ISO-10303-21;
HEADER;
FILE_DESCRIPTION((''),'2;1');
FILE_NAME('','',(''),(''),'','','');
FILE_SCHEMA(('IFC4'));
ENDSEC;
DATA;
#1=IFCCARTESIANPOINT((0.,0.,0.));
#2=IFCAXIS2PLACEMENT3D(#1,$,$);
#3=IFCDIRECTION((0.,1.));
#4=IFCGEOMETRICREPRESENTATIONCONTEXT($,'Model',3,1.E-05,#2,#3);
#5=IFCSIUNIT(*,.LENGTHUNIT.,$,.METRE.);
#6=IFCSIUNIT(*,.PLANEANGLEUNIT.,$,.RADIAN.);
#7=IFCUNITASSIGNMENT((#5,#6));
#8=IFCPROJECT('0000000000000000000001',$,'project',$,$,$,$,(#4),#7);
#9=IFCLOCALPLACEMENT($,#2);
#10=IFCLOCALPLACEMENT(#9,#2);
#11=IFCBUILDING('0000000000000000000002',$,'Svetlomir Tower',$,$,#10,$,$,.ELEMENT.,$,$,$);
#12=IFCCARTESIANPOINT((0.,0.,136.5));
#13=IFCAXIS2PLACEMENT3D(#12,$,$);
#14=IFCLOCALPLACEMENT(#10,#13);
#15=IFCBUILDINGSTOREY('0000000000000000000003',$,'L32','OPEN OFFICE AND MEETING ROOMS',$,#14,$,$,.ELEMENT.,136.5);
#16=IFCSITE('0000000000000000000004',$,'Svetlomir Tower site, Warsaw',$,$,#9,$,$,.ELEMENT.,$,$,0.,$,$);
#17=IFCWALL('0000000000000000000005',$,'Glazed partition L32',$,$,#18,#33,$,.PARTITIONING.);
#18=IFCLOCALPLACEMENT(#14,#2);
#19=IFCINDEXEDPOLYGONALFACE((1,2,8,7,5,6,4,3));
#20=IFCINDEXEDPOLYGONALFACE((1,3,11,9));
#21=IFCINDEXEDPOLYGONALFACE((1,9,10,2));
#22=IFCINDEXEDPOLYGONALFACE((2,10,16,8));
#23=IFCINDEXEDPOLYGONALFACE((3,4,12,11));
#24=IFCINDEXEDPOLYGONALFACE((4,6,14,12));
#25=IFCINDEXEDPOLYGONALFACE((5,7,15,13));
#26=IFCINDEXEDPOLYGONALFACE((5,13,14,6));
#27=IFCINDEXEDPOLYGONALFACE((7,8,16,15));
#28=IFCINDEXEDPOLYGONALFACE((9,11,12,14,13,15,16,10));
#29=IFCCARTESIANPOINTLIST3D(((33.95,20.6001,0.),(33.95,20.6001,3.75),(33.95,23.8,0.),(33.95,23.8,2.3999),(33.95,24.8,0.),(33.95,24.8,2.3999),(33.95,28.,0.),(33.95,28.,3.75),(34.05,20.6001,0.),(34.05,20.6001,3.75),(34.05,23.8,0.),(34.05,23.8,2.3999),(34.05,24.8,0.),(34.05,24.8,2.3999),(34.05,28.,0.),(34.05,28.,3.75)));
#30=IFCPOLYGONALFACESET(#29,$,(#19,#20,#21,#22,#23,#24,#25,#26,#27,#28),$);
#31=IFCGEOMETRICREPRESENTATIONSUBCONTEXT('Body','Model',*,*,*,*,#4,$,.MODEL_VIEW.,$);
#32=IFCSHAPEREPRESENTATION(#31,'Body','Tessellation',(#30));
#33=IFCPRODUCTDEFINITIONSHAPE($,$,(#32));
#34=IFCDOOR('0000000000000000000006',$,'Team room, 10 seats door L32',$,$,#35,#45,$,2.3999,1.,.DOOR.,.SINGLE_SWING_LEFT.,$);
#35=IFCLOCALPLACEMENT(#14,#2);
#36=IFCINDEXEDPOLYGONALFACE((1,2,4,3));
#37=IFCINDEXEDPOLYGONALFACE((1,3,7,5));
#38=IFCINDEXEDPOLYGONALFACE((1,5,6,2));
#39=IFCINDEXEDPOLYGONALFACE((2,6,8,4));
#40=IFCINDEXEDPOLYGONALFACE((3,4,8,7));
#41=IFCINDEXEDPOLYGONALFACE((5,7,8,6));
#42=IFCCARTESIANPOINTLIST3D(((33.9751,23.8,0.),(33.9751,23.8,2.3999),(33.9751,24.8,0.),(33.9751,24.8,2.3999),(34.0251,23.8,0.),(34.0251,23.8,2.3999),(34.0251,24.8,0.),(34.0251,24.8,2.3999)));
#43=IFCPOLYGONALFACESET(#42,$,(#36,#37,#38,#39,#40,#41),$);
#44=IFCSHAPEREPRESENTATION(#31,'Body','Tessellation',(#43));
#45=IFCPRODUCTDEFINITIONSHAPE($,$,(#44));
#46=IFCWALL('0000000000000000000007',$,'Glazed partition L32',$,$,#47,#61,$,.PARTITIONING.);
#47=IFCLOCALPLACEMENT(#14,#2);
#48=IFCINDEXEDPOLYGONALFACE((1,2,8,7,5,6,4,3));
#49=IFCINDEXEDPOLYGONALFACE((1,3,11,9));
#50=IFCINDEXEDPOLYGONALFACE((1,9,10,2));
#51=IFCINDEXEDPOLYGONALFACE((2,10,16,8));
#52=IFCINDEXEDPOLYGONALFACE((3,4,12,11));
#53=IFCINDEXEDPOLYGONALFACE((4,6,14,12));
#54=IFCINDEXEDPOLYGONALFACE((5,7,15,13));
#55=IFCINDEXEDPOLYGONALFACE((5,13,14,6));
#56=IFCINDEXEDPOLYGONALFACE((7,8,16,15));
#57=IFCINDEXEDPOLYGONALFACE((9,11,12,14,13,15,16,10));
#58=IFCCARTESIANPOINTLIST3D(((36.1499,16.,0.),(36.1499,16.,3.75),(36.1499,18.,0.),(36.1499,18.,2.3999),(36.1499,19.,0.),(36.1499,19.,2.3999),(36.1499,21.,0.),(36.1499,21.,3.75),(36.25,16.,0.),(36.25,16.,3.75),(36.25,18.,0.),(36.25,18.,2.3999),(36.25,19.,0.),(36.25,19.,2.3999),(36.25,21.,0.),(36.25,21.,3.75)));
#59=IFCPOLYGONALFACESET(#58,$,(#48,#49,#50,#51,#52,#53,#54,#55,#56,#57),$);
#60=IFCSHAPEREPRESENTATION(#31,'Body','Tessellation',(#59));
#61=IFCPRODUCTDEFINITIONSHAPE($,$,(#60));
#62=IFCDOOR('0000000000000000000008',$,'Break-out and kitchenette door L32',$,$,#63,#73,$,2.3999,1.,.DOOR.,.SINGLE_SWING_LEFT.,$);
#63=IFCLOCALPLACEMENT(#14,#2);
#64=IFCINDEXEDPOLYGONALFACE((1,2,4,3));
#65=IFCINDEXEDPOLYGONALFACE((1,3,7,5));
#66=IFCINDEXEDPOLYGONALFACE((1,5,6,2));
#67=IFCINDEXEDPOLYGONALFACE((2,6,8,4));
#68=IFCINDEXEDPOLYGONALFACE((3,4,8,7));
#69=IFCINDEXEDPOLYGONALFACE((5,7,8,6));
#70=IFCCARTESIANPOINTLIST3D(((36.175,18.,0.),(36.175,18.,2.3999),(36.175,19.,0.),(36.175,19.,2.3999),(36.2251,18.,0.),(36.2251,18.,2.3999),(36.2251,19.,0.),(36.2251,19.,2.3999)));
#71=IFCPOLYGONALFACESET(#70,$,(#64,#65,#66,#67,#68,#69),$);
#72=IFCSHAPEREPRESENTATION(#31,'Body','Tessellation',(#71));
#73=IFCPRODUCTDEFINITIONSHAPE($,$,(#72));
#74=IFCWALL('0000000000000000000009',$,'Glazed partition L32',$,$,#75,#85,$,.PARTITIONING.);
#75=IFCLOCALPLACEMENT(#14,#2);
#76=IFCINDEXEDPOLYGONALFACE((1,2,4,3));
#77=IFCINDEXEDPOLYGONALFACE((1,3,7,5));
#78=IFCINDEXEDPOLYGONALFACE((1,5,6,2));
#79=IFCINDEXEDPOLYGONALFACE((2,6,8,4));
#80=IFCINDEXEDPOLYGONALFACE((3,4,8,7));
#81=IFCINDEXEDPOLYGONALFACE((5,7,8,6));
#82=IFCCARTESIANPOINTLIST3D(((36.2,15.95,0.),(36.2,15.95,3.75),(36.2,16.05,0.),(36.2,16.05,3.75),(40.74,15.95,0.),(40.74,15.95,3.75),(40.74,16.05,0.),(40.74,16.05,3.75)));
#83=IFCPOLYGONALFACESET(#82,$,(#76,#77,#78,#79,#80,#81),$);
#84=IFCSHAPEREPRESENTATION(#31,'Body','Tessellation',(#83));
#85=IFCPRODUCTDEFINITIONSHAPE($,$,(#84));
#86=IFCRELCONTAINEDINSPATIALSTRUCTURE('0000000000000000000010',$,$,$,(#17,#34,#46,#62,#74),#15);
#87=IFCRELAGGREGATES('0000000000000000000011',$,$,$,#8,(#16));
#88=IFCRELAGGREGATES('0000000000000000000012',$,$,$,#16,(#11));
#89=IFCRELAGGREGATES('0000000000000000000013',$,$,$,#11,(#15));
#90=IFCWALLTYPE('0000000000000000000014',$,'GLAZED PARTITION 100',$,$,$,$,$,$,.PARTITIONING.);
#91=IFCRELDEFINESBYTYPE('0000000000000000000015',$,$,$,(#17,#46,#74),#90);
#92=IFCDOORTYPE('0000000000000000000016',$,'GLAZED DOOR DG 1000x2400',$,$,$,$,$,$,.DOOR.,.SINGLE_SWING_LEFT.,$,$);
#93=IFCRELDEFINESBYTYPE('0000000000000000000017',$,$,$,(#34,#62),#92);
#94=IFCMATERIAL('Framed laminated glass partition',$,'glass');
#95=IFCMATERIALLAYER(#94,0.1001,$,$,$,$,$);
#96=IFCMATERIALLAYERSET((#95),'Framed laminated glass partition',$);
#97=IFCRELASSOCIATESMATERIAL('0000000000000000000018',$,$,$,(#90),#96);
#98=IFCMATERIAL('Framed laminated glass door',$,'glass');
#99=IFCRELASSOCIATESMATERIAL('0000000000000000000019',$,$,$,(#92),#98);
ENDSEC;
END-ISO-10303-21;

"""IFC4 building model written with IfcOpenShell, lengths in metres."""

from ifc_helpers import new_model, si_unit, direction, frame, frame_2d, origin, place, context, subcontext, project, spatial, rectangle, extrude, material, layer, layer_set, type_object, element, fill, save


model = new_model("IFC4")

# Units and contexts
model_context = context("Model", 3, precision=1e-05, world=origin(), true_north=direction((0.0, 1.0)))
body_context = subcontext(model_context, "Body", "Model", "MODEL_VIEW")
ifc_project = project(units=[si_unit("LENGTHUNIT", "METRE"), si_unit("PLANEANGLEUNIT", "RADIAN")], contexts=[model_context])

# Site, building, storey
site_placement = place(None, origin())
site = spatial("IfcSite", under=ifc_project, at=site_placement, Name="Svetlomir Tower site, Warsaw", CompositionType="ELEMENT", RefElevation=0.0)
building_placement = place(site_placement, origin())
building = spatial("IfcBuilding", under=site, at=building_placement, Name="Svetlomir Tower", CompositionType="ELEMENT")
storey_placement = place(building_placement, frame((0.0, 0.0, 136.5)))
storey = spatial("IfcBuildingStorey", under=building, at=storey_placement, Name="L32", Description="OPEN OFFICE AND MEETING ROOMS", CompositionType="ELEMENT", Elevation=136.5)

# Shared definitions
ifc_material_1 = material(Name="Framed laminated glass partition", Category="glass")
ifc_layer_1 = layer(ifc_material_1, 0.1001)
ifc_layer_set_1 = layer_set([ifc_layer_1], Name="Framed laminated glass partition")
wall_type_1 = type_object("IfcWallType", Name="GLAZED PARTITION 100", PredefinedType="PARTITIONING", material=ifc_layer_set_1)

# Walls, openings, doors
ifc_material_2 = material(Name="Framed laminated glass door", Category="glass")
door_type_1 = type_object("IfcDoorType", Name="GLAZED DOOR DG 1000x2400", OperationType="SINGLE_SWING_LEFT", PredefinedType="DOOR", material=ifc_material_2)
wall_1_placement = place(storey_placement, frame((34.0, 20.6001, 0.0), z_axis=(0.0, 0.0, 1.0), x_axis=(0.0, 1.0, 0.0)))
wall_1 = element("IfcWall", 1, at=wall_1_placement, inside=storey, type_object=wall_type_1, Name="Glazed partition L32", PredefinedType="PARTITIONING", context=body_context, shape_type="SweptSolid", body=[
    extrude(rectangle(XDim=7.3999, YDim=0.1001, at=frame_2d((3.7, 0.0))), origin(), (0.0, 0.0, 1.0), 3.75),
])
opening_1_placement = place(wall_1_placement, frame((3.2, 0.0, 0.0)))
opening_1 = element("IfcOpeningElement", 2, at=opening_1_placement, cuts=wall_1, PredefinedType="OPENING", context=body_context, shape_type="SweptSolid", body=[
    extrude(rectangle(XDim=1.0, YDim=2.3999, at=frame_2d((0.5, 1.2))), frame((0.0, 0.0601, 0.0), z_axis=(0.0, -1.0, 0.0), x_axis=(1.0, 0.0, 0.0)), (0.0, 0.0, 1.0), 0.1201),
])
door_1_placement = place(opening_1_placement, origin())
door_1 = element("IfcDoor", 3, at=door_1_placement, inside=storey, type_object=door_type_1, Name="Team room, 10 seats door L32", OperationType="SINGLE_SWING_LEFT", OverallHeight=2.3999, OverallWidth=1.0, PredefinedType="DOOR", context=body_context, shape_type="SweptSolid", body=[
    extrude(rectangle(XDim=1.0, YDim=2.3999, at=frame_2d((0.5, 1.2))), frame((0.0, 0.0249, 0.0), z_axis=(0.0, -1.0, 0.0), x_axis=(1.0, 0.0, 0.0)), (0.0, 0.0, 1.0), 0.05),
])
fill(opening_1, door_1)
wall_2_placement = place(storey_placement, frame((36.2, 16.0, 0.0), z_axis=(0.0, 0.0, 1.0), x_axis=(0.0, 1.0, 0.0)))
wall_2 = element("IfcWall", 4, at=wall_2_placement, inside=storey, type_object=wall_type_1, Name="Glazed partition L32", PredefinedType="PARTITIONING", context=body_context, shape_type="SweptSolid", body=[
    extrude(rectangle(XDim=5.0, YDim=0.1001, at=frame_2d((2.5, 0.0))), origin(), (0.0, 0.0, 1.0), 3.75),
])
opening_2_placement = place(wall_2_placement, frame((2.0, 0.0, 0.0)))
opening_2 = element("IfcOpeningElement", 5, at=opening_2_placement, cuts=wall_2, PredefinedType="OPENING", context=body_context, shape_type="SweptSolid", body=[
    extrude(rectangle(XDim=1.0, YDim=2.3999, at=frame_2d((0.5, 1.2))), frame((0.0, 0.0601, 0.0), z_axis=(0.0, -1.0, 0.0), x_axis=(1.0, 0.0, 0.0)), (0.0, 0.0, 1.0), 0.1201),
])
door_2_placement = place(opening_2_placement, origin())
door_2 = element("IfcDoor", 6, at=door_2_placement, inside=storey, type_object=door_type_1, Name="Break-out and kitchenette door L32", OperationType="SINGLE_SWING_LEFT", OverallHeight=2.3999, OverallWidth=1.0, PredefinedType="DOOR", context=body_context, shape_type="SweptSolid", body=[
    extrude(rectangle(XDim=1.0, YDim=2.3999, at=frame_2d((0.5, 1.2))), frame((0.0, 0.0249, 0.0), z_axis=(0.0, -1.0, 0.0), x_axis=(1.0, 0.0, 0.0)), (0.0, 0.0, 1.0), 0.05),
])
fill(opening_2, door_2)

# Wall
wall_3_placement = place(storey_placement, frame((36.2, 16.0, 0.0), z_axis=(0.0, 0.0, 1.0), x_axis=(1.0, 0.0, 0.0)))
element("IfcWall", 7, at=wall_3_placement, inside=storey, type_object=wall_type_1, Name="Glazed partition L32", PredefinedType="PARTITIONING", context=body_context, shape_type="SweptSolid", body=[
    extrude(rectangle(XDim=4.54, YDim=0.1001, at=frame_2d((2.27, 0.0))), origin(), (0.0, 0.0, 1.0), 3.75),
])

save(model, "model.ifc")
